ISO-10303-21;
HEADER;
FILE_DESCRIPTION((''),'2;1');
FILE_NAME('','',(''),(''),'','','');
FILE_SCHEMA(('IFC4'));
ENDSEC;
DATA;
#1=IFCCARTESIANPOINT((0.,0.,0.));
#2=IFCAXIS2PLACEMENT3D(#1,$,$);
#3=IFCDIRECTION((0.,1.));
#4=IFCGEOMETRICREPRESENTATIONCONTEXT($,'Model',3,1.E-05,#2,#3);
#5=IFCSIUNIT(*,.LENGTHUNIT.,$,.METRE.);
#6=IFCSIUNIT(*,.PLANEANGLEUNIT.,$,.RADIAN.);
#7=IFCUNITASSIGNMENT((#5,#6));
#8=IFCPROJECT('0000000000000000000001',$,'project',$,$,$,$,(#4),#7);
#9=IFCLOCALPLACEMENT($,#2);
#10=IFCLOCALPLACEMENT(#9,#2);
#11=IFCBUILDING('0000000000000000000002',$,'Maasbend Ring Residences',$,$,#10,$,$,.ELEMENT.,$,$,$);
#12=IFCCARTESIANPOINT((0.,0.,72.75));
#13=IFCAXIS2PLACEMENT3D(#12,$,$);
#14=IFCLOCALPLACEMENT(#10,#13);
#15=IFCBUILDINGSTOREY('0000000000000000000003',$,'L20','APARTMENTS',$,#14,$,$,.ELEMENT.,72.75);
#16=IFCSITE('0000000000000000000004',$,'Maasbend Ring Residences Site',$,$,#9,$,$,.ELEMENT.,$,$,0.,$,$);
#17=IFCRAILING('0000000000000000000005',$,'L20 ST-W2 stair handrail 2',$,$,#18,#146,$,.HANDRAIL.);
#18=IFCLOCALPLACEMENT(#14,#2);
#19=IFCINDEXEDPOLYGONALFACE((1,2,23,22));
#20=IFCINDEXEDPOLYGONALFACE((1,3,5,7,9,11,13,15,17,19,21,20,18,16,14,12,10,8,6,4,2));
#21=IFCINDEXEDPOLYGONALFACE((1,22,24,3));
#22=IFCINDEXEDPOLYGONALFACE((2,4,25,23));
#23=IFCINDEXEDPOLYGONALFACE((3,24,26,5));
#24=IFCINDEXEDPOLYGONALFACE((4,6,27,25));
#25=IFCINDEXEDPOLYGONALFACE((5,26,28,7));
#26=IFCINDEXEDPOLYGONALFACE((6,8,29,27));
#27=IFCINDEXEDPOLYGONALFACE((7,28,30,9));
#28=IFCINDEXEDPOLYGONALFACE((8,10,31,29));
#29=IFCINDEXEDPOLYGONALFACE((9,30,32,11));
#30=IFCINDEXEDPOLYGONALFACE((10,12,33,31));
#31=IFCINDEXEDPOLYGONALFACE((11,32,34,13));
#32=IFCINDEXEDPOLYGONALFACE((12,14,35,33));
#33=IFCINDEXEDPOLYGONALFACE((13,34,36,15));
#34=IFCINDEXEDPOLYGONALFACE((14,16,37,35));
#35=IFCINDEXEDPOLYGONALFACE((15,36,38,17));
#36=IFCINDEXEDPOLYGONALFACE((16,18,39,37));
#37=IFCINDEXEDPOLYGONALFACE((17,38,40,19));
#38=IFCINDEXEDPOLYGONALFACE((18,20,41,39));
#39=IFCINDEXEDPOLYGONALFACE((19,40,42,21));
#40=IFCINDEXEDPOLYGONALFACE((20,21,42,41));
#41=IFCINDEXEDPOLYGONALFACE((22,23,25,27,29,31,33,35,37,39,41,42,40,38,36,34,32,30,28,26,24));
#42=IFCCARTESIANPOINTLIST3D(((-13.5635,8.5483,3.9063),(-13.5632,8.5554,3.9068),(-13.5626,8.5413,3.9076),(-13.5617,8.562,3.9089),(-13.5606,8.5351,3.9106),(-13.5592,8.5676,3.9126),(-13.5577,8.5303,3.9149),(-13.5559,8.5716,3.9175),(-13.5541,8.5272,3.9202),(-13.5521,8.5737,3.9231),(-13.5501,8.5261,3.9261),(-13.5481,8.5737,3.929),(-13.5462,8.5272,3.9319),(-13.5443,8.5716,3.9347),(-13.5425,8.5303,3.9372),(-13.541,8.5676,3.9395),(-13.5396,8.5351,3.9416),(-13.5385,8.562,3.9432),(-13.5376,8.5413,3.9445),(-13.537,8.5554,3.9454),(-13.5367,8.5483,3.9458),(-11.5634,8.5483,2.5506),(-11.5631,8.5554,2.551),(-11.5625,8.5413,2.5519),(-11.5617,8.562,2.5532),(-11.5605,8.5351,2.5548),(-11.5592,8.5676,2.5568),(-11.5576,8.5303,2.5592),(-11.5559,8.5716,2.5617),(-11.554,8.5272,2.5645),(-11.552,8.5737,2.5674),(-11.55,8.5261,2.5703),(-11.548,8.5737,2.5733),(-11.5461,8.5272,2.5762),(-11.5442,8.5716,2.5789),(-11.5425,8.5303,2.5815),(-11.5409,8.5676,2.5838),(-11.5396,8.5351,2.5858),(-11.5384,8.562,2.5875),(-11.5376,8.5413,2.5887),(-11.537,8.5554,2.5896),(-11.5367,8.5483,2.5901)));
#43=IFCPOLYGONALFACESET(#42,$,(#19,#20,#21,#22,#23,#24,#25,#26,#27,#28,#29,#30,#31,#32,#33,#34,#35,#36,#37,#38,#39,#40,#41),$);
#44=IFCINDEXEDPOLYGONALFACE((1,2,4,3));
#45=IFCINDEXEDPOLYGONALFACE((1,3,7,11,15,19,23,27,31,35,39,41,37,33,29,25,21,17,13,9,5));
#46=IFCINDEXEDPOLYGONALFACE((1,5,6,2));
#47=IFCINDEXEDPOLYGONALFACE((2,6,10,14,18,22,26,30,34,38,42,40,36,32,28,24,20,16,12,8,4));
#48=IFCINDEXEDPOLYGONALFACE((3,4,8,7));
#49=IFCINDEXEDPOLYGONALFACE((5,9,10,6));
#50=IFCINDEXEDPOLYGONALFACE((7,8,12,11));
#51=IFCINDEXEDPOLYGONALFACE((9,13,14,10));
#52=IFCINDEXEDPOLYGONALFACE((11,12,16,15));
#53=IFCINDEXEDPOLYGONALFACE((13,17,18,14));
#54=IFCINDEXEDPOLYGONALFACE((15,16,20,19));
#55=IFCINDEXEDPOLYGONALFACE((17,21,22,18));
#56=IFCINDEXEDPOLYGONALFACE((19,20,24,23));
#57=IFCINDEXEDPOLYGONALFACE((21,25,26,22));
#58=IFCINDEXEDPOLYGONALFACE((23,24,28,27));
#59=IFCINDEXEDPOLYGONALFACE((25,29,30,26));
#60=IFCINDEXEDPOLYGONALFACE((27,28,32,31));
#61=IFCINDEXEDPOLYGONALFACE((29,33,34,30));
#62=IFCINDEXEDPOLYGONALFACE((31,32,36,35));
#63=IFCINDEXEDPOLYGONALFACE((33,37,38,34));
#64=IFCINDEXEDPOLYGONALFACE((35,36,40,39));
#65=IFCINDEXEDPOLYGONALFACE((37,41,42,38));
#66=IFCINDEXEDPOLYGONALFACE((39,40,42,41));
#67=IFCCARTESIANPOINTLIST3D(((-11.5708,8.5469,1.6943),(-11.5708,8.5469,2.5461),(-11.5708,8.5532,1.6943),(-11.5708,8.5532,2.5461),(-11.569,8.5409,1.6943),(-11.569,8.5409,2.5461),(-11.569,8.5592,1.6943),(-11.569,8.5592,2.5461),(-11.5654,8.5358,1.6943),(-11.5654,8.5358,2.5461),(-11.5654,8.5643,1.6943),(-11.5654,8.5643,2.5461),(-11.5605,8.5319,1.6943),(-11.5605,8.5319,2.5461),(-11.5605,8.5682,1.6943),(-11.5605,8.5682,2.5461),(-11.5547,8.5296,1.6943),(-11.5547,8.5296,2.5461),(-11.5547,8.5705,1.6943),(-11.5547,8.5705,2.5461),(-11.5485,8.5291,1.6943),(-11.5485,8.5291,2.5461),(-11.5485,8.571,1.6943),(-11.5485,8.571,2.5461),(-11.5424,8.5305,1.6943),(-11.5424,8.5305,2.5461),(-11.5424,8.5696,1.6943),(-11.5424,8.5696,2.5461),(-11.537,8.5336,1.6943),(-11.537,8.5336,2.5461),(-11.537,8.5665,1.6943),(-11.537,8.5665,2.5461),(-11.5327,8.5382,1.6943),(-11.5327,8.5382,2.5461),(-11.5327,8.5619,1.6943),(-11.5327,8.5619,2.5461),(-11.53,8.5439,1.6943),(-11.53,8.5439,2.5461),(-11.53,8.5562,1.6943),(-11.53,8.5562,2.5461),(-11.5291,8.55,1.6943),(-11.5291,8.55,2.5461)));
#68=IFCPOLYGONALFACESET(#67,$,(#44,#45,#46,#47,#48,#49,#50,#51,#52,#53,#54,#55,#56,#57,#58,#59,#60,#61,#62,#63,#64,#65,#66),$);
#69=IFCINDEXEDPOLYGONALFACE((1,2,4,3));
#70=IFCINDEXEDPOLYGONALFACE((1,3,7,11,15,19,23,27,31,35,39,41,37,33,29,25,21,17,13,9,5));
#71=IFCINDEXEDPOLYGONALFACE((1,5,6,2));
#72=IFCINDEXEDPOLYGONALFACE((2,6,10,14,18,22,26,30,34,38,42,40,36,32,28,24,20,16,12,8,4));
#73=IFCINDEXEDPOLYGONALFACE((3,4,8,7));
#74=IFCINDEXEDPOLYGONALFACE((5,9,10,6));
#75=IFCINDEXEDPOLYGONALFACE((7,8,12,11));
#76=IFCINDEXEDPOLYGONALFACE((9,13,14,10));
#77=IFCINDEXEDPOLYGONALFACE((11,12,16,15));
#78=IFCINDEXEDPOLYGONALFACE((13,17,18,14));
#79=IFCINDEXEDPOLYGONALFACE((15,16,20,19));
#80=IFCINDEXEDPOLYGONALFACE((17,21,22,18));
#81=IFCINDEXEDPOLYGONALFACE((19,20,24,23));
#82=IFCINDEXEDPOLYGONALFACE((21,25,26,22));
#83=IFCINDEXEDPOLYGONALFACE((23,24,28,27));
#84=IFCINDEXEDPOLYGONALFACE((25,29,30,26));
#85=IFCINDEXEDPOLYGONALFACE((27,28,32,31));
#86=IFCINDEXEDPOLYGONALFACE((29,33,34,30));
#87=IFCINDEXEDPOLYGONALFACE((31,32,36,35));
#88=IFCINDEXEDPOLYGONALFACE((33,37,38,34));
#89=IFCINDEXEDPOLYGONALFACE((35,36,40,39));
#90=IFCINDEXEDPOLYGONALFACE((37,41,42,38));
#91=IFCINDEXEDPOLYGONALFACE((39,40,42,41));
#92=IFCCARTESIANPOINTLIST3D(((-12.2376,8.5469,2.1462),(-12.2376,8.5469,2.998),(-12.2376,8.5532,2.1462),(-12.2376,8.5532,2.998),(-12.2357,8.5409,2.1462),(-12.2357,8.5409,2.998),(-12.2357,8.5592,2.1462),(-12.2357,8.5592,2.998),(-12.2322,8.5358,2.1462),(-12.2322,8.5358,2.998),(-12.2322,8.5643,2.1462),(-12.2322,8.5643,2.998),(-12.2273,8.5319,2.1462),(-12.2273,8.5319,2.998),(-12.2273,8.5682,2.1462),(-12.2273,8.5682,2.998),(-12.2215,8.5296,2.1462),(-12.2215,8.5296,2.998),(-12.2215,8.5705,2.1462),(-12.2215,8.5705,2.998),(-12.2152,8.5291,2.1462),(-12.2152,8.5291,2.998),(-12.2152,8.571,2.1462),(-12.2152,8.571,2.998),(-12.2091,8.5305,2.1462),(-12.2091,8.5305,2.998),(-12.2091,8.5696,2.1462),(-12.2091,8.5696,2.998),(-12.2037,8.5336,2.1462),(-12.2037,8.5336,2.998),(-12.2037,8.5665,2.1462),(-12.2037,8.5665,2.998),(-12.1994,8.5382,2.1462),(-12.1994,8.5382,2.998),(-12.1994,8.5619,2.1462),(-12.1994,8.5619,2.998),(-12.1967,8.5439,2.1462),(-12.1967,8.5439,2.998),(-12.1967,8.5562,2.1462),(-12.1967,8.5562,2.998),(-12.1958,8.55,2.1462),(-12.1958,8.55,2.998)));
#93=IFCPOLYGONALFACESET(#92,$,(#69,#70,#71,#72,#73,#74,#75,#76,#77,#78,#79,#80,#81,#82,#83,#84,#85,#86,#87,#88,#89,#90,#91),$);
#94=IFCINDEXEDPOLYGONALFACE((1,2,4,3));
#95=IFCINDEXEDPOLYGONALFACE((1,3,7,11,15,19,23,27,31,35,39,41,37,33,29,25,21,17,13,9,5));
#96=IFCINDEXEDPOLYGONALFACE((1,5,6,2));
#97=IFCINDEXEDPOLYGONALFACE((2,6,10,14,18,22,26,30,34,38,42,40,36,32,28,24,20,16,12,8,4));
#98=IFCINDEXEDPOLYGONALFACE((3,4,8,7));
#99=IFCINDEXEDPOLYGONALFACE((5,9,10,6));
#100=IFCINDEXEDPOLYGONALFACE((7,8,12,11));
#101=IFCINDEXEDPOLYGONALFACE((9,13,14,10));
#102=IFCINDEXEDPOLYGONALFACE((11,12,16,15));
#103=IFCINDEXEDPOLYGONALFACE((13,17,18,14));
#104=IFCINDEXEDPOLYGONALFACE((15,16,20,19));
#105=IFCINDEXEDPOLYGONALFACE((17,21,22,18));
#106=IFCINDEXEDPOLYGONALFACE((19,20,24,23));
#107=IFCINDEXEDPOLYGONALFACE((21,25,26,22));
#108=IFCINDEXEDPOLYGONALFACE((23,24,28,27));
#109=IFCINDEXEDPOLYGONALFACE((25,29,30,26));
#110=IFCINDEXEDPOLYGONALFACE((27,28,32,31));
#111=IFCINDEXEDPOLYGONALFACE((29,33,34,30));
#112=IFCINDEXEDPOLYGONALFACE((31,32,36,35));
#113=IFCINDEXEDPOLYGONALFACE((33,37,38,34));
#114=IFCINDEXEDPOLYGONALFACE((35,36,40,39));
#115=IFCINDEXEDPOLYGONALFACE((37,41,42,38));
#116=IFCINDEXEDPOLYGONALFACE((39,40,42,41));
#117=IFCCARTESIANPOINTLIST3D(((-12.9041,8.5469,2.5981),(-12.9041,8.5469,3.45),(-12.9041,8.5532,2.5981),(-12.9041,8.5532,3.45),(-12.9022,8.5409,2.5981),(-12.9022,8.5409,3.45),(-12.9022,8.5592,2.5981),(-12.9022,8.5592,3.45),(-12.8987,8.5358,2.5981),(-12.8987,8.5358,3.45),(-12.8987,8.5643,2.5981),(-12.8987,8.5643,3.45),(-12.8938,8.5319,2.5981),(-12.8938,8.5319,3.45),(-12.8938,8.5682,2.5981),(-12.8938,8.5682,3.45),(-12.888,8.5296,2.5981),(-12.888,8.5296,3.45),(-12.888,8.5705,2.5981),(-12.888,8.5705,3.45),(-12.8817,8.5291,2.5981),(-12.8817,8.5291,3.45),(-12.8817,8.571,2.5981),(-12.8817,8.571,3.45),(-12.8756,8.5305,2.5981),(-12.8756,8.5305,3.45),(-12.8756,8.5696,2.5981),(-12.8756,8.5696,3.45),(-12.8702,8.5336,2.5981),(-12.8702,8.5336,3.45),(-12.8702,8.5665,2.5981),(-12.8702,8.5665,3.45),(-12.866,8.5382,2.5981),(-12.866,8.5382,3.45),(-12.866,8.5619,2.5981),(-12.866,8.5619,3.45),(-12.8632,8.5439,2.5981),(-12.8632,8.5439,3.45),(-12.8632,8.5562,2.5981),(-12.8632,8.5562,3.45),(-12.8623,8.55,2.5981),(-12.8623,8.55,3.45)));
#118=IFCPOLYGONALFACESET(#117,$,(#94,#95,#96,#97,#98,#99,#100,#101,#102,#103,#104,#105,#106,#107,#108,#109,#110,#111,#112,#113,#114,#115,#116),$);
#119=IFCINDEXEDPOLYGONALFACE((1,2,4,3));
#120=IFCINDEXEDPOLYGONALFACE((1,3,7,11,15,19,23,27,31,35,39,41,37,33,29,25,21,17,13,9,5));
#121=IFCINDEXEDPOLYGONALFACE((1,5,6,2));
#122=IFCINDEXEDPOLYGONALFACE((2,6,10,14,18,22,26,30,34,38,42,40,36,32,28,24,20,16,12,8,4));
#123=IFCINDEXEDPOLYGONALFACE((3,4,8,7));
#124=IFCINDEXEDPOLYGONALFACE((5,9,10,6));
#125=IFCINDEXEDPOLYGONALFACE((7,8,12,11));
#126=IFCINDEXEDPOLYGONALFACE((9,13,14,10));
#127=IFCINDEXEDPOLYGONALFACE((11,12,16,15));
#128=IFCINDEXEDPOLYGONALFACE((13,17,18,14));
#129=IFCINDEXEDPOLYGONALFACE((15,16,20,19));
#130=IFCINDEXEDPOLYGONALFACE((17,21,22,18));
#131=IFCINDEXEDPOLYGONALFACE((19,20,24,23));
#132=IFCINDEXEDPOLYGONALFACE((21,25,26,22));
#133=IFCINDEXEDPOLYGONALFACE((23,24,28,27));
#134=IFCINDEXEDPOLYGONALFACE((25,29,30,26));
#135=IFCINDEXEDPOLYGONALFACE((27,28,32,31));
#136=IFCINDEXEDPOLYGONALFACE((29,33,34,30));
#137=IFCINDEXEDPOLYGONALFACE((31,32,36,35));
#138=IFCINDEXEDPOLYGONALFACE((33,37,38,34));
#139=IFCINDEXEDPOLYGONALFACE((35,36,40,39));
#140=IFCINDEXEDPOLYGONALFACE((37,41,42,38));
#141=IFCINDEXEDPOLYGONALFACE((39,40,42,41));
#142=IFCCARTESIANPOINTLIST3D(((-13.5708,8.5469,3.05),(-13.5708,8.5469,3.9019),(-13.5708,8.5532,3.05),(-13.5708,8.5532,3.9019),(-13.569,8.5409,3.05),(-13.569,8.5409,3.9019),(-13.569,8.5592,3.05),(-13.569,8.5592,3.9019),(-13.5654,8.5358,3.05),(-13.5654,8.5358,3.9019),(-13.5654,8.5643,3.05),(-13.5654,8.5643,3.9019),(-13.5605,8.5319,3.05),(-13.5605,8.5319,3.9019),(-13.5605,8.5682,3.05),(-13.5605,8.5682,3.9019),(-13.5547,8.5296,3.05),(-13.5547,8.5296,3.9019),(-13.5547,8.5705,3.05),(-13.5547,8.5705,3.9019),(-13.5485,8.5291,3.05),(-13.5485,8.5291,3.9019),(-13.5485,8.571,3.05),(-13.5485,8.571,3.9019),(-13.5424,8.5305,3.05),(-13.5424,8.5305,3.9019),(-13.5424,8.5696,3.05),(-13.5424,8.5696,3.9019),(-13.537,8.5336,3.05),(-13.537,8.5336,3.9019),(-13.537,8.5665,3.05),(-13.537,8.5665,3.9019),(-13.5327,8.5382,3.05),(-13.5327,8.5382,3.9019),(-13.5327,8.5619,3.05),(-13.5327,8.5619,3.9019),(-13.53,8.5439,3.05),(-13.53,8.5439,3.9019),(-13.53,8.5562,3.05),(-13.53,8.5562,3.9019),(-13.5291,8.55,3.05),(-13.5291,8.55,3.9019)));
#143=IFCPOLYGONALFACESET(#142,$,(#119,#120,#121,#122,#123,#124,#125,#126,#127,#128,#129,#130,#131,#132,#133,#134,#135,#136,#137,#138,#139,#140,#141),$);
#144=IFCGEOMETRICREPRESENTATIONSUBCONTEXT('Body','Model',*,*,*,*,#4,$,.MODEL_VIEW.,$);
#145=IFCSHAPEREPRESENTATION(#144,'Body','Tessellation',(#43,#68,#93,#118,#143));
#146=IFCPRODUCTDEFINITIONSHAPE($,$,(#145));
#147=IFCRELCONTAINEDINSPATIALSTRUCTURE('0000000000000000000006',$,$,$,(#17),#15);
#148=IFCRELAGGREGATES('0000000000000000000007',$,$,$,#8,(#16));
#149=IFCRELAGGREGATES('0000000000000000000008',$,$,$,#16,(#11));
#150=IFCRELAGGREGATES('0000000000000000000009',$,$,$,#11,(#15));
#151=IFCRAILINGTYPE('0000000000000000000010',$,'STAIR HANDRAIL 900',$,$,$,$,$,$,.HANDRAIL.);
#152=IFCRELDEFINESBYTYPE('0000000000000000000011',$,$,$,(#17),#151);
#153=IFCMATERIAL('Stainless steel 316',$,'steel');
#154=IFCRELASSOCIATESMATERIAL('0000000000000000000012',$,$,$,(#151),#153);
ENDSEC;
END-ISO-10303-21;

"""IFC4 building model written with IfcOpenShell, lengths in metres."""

from ifc_helpers import new_model, si_unit, direction, frame, origin, origin_2d, place, context, subcontext, project, spatial, circle, extrude, material, type_object, element, save


model = new_model("IFC4")

# Units and contexts
model_context = context("Model", 3, precision=1e-05, world=origin(), true_north=direction((0.0, 1.0)))
body_context = subcontext(model_context, "Body", "Model", "MODEL_VIEW")
ifc_project = project(units=[si_unit("LENGTHUNIT", "METRE"), si_unit("PLANEANGLEUNIT", "RADIAN")], contexts=[model_context])

# Site, building, storey
site_placement = place(None, origin())
site = spatial("IfcSite", under=ifc_project, at=site_placement, Name="Maasbend Ring Residences Site", CompositionType="ELEMENT", RefElevation=0.0)
building_placement = place(site_placement, origin())
building = spatial("IfcBuilding", under=site, at=building_placement, Name="Maasbend Ring Residences", CompositionType="ELEMENT")
storey_placement = place(building_placement, frame((0.0, 0.0, 72.75)))
storey = spatial("IfcBuildingStorey", under=building, at=storey_placement, Name="L20", Description="APARTMENTS", CompositionType="ELEMENT", Elevation=72.75)

# Railing
ifc_material_1 = material(Name="Stainless steel 316", Category="steel")
railing_type_1 = type_object("IfcRailingType", Name="STAIR HANDRAIL 900", PredefinedType="HANDRAIL", material=ifc_material_1)
railing_1_placement = place(storey_placement, frame((-11.55, 8.55, 1.6943)))
element("IfcRailing", 1, at=railing_1_placement, inside=storey, type_object=railing_type_1, Name="L20 ST-W2 stair handrail 2", PredefinedType="HANDRAIL", context=body_context, shape_type="SweptSolid", body=[
    extrude(circle(Radius=0.0239, at=origin_2d()), frame((0.0, 0.0, 0.876), z_axis=(-0.827751, 0.0, 0.561096), x_axis=(0.0, -1.0, 0.0)), (0.0, 0.0, 1.0), 2.4163),
    extrude(circle(Radius=0.021, at=origin_2d()), origin(), (0.0, 0.0, 1.0), 0.8518),
    extrude(circle(Radius=0.021, at=origin_2d()), frame((-0.6667, 0.0, 0.4519)), (0.0, 0.0, 1.0), 0.8518),
    extrude(circle(Radius=0.021, at=origin_2d()), frame((-1.3333, 0.0, 0.9038)), (0.0, 0.0, 1.0), 0.8518),
    extrude(circle(Radius=0.021, at=origin_2d()), frame((-2.0, 0.0, 1.3557)), (0.0, 0.0, 1.0), 0.8518),
])

save(model, "model.ifc")
